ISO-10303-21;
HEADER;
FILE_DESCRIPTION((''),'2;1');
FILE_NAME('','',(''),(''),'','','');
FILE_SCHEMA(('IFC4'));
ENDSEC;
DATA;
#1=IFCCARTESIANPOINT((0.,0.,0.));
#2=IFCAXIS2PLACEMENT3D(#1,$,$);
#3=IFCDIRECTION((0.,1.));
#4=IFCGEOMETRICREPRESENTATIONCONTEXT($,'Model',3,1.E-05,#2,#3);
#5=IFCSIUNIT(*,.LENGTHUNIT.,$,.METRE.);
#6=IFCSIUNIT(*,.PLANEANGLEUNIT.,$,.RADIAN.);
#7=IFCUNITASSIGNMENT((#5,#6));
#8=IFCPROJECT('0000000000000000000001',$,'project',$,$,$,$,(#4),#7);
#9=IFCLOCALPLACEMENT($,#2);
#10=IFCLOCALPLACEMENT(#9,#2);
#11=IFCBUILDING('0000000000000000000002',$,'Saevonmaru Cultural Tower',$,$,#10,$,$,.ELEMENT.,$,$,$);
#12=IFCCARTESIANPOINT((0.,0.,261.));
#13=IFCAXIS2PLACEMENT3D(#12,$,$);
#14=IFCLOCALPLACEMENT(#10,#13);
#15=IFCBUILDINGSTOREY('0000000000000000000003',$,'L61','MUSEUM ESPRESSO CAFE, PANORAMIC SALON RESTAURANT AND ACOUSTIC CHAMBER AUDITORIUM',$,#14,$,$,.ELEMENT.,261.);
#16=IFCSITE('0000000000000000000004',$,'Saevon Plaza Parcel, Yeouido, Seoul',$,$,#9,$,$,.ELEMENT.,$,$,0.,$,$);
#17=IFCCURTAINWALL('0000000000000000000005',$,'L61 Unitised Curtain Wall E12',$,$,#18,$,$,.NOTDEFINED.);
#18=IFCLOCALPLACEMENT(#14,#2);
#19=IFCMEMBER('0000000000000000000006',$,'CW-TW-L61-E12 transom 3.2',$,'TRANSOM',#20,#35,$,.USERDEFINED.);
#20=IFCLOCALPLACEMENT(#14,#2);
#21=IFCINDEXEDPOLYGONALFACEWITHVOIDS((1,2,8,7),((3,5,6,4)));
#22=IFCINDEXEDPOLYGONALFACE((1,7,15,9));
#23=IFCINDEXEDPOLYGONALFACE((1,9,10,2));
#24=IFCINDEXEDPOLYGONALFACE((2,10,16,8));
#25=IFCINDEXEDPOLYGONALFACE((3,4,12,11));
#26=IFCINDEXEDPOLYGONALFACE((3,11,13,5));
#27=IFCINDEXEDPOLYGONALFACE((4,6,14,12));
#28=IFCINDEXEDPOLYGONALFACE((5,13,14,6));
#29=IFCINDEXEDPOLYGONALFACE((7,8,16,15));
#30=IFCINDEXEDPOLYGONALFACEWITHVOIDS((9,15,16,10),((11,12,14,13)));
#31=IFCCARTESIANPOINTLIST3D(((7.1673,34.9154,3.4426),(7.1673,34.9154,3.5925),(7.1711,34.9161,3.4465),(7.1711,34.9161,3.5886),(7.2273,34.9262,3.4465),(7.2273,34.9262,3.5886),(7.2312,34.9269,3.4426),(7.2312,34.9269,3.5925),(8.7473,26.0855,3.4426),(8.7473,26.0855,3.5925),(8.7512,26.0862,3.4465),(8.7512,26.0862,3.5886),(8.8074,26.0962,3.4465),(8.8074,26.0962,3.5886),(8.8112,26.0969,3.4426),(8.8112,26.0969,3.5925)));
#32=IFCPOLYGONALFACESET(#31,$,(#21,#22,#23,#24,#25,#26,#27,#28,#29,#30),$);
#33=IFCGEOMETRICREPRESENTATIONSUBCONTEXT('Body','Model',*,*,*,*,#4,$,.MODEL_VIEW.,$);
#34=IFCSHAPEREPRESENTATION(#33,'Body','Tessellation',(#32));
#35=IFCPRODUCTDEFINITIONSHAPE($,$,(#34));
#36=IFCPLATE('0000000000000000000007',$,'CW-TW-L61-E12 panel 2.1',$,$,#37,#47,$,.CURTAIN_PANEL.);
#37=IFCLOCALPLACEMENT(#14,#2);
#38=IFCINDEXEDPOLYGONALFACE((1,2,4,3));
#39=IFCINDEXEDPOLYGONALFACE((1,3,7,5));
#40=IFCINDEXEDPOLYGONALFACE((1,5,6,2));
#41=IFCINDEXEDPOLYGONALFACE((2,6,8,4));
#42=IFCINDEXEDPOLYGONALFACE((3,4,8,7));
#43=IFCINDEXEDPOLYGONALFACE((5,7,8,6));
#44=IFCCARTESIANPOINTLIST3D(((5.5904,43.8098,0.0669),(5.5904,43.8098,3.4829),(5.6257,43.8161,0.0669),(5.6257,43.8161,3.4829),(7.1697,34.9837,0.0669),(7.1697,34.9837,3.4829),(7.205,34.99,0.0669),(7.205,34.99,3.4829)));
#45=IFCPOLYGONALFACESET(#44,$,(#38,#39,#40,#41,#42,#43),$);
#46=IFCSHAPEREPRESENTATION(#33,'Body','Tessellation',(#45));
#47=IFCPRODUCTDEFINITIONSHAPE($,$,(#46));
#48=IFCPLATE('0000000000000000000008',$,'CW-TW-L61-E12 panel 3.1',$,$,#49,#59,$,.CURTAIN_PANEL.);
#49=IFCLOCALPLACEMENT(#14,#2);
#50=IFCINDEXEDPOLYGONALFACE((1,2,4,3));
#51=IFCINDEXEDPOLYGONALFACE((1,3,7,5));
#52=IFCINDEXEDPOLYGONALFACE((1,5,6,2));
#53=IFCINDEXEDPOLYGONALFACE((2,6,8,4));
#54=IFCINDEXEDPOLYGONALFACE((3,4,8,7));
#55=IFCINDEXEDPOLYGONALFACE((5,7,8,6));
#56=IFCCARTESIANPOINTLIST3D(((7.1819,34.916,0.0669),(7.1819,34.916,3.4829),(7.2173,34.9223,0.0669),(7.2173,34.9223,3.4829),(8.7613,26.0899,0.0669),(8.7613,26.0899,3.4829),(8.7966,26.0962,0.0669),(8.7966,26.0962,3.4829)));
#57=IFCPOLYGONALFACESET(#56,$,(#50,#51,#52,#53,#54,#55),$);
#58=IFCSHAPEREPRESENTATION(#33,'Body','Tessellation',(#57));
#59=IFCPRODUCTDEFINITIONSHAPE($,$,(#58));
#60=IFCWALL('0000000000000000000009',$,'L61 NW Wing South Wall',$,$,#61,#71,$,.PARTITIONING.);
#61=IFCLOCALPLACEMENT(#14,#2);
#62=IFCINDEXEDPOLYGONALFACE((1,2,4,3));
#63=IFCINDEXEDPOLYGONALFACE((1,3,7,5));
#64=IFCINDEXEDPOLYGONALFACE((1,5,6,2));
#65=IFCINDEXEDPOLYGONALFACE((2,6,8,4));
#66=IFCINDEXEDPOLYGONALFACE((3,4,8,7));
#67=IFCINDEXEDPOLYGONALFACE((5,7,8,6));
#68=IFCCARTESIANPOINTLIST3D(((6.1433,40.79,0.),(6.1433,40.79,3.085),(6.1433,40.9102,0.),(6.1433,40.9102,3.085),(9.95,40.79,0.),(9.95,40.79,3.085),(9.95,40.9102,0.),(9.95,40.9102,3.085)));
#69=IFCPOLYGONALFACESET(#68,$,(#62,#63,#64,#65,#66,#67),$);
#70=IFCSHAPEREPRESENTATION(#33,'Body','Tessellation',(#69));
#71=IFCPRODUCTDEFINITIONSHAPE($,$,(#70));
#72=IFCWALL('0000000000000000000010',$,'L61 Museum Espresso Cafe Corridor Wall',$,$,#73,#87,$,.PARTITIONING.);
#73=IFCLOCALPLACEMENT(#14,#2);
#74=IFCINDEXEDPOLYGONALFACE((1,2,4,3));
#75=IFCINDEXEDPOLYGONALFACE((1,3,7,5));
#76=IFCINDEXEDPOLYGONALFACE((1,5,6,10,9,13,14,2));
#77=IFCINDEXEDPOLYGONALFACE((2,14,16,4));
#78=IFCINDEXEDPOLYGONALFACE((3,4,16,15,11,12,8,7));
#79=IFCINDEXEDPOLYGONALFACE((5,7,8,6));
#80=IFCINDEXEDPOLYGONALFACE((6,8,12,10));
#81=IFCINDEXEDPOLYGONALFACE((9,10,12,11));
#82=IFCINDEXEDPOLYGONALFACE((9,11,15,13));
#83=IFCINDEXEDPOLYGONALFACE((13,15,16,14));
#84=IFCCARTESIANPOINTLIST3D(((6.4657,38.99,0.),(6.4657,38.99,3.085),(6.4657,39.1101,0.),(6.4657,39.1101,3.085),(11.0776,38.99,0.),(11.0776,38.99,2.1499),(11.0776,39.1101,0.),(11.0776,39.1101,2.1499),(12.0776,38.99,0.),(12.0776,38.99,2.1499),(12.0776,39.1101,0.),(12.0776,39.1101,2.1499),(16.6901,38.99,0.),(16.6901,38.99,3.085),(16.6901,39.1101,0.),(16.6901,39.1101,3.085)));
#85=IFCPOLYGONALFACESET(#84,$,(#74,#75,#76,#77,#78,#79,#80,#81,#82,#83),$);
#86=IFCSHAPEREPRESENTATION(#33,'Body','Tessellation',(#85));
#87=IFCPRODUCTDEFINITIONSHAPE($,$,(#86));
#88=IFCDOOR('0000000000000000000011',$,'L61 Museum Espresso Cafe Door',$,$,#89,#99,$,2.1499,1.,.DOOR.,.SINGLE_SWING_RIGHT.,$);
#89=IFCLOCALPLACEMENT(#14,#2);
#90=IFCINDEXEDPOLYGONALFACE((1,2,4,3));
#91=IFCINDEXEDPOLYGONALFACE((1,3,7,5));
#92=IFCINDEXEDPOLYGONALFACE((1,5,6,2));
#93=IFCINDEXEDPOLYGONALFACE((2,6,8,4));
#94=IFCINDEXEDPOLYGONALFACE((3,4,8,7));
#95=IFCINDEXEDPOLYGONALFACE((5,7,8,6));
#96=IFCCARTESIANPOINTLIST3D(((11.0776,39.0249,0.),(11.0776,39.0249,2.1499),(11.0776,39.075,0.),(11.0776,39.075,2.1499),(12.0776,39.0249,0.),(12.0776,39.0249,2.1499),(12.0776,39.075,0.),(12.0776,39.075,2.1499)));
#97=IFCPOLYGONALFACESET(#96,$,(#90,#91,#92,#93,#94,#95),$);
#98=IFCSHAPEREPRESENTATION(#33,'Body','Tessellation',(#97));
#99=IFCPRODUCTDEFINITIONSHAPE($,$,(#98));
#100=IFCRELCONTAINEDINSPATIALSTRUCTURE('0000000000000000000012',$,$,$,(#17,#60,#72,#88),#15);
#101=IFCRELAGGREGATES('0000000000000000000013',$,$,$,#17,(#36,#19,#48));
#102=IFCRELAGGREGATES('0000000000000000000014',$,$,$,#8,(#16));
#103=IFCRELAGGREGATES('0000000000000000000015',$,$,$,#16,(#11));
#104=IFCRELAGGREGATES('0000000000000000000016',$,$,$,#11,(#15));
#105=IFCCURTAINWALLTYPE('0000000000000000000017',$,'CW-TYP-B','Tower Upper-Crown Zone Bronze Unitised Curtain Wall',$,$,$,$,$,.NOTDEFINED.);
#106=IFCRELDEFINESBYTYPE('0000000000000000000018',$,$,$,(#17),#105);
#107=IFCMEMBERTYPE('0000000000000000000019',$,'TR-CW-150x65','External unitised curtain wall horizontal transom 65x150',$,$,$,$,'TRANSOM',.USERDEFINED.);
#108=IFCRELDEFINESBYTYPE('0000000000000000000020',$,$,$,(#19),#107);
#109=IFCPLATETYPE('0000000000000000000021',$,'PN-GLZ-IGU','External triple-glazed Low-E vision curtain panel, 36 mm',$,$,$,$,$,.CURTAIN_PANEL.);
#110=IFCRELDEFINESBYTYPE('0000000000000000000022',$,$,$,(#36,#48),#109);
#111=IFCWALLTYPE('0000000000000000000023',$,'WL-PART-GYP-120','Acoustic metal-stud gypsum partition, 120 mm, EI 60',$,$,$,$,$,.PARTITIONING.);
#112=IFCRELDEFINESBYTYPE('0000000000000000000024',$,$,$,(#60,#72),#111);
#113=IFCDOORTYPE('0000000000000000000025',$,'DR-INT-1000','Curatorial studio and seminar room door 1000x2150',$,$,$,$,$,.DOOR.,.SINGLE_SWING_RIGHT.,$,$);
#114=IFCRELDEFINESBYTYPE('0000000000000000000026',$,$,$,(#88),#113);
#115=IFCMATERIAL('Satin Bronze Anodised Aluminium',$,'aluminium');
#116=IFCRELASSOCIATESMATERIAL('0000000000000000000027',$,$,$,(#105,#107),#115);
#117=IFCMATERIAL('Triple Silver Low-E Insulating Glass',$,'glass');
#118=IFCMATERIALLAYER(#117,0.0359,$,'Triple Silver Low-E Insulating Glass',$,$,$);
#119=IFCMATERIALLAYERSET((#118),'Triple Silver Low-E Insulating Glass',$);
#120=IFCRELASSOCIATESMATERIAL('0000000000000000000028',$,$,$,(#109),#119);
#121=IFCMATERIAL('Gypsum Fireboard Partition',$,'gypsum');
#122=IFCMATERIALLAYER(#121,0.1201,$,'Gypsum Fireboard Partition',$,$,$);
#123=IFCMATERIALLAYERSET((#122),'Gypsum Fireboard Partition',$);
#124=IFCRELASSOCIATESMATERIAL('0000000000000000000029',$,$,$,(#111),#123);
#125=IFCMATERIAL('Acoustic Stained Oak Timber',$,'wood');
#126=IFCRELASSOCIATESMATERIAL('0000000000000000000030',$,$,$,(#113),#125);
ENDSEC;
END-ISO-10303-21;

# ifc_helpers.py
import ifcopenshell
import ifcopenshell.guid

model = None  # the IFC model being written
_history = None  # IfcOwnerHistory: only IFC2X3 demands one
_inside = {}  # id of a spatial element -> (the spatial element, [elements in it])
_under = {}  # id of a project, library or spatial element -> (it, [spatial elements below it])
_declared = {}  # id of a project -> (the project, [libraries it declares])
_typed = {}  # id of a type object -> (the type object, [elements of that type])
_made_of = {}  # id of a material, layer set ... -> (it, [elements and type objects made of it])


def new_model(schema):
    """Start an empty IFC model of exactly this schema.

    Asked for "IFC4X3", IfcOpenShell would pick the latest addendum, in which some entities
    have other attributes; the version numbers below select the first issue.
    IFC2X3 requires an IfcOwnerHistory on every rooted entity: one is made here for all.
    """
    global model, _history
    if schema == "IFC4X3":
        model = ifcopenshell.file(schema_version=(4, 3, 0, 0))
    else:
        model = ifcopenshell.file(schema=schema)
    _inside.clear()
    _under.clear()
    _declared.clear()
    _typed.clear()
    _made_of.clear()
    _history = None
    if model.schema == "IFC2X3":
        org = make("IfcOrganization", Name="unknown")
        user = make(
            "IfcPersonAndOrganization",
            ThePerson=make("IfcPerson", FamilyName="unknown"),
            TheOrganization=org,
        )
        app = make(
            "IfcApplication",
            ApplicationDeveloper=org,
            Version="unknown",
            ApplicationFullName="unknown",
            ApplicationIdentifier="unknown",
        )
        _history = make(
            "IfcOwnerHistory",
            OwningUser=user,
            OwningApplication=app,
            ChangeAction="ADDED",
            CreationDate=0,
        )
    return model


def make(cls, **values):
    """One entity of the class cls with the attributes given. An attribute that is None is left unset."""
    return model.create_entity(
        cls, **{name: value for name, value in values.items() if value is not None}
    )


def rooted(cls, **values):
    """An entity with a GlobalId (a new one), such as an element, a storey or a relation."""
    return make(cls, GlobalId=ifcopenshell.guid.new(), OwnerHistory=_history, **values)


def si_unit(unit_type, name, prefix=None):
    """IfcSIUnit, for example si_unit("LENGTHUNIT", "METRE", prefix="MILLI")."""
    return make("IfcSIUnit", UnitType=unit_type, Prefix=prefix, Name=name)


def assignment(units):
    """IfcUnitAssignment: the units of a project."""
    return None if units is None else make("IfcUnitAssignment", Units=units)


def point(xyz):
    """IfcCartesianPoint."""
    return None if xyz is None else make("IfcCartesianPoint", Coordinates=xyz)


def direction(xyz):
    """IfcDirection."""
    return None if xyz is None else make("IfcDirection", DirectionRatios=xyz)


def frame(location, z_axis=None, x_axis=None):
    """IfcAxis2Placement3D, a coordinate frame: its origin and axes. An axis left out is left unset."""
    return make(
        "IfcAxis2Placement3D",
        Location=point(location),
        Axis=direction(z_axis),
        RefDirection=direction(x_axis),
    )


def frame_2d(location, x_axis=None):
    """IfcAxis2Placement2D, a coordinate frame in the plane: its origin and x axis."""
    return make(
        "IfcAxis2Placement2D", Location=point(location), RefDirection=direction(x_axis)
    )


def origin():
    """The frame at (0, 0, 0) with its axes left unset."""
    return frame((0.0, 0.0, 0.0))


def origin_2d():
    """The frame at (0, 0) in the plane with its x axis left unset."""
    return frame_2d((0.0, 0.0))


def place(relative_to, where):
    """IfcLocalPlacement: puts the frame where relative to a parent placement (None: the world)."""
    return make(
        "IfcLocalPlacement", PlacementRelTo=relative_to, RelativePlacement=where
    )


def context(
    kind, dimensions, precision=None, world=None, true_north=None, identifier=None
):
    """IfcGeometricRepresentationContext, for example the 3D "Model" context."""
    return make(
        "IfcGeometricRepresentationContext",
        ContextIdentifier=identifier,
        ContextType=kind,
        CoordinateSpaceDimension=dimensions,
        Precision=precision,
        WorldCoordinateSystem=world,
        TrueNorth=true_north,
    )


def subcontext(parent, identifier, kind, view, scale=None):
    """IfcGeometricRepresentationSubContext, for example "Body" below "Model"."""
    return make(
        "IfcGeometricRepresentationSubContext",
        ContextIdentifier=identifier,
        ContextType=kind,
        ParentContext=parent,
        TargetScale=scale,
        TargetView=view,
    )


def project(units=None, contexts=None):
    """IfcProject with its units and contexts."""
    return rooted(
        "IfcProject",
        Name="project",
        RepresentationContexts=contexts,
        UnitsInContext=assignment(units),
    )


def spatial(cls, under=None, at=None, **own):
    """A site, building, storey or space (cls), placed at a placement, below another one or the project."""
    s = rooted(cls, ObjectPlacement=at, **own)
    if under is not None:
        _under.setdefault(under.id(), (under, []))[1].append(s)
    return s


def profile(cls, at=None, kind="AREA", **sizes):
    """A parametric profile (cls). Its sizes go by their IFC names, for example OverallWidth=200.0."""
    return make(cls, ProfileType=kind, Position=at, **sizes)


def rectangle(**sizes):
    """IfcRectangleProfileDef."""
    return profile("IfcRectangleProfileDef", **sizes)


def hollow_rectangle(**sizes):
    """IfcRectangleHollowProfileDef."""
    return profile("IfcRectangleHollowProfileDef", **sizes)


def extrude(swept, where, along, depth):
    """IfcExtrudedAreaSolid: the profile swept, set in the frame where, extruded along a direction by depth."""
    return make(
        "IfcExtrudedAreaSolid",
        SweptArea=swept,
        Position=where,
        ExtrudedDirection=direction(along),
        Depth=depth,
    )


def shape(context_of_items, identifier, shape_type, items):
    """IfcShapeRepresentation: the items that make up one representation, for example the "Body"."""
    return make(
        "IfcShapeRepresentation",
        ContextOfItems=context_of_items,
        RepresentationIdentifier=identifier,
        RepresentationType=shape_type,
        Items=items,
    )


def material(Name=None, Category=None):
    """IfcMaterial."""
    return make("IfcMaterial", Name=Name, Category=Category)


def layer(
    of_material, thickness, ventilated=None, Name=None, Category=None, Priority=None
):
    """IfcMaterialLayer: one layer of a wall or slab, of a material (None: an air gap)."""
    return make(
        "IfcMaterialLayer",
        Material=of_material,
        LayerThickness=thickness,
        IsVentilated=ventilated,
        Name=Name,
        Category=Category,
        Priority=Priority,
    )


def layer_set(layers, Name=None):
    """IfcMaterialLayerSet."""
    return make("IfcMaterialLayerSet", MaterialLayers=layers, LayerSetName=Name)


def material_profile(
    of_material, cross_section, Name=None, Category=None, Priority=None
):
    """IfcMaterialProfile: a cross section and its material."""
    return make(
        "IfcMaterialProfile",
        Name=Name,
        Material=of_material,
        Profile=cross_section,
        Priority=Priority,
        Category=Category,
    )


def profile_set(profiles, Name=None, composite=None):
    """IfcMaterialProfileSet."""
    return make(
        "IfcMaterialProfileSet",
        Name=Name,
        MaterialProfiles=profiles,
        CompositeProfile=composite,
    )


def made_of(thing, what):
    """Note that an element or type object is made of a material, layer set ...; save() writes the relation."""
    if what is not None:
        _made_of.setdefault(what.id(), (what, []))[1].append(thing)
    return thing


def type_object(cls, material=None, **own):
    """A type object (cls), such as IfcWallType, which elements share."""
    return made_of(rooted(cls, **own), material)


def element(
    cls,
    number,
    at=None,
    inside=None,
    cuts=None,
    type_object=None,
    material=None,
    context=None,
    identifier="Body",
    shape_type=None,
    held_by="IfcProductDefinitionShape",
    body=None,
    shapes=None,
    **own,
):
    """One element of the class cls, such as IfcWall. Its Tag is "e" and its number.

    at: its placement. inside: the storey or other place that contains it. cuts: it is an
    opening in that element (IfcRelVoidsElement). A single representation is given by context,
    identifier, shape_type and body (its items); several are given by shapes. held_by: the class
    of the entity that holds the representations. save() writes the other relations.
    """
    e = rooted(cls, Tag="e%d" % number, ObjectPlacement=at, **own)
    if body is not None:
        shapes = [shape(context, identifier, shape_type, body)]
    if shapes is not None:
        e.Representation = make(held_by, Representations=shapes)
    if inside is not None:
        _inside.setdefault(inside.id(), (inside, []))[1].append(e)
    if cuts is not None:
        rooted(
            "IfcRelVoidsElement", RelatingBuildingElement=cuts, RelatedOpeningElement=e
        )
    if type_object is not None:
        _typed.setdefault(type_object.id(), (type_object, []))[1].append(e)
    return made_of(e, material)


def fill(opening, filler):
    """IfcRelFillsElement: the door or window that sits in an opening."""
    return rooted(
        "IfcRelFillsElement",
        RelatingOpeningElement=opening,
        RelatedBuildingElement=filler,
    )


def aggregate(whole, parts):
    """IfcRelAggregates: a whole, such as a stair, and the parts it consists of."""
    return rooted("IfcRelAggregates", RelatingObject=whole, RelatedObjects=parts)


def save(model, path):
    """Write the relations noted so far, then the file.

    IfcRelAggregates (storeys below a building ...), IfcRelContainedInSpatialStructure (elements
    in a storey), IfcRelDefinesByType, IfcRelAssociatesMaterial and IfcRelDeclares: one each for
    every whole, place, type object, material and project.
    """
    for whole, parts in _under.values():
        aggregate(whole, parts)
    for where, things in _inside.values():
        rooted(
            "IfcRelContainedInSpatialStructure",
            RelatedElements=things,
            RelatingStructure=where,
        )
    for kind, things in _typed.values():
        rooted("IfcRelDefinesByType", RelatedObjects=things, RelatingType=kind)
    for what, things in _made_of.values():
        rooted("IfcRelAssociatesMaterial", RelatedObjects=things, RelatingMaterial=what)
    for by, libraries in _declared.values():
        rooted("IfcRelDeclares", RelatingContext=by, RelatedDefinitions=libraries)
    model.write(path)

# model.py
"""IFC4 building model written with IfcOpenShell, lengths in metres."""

from ifc_helpers import new_model, si_unit, direction, frame, frame_2d, origin, origin_2d, place, context, subcontext, project, spatial, rectangle, hollow_rectangle, extrude, material, layer, layer_set, material_profile, profile_set, type_object, element, fill, aggregate, save


model = new_model("IFC4")

# Units and contexts
model_context = context("Model", 3, precision=1e-05, world=origin(), true_north=direction((0.0, 1.0)))
body_context = subcontext(model_context, "Body", "Model", "MODEL_VIEW")
ifc_project = project(units=[si_unit("LENGTHUNIT", "METRE"), si_unit("PLANEANGLEUNIT", "RADIAN")], contexts=[model_context])

# Site, building, storey
site_placement = place(None, origin())
site = spatial("IfcSite", under=ifc_project, at=site_placement, Name="Saevon Plaza Parcel, Yeouido, Seoul", CompositionType="ELEMENT", RefElevation=0.0)
building_placement = place(site_placement, origin())
building = spatial("IfcBuilding", under=site, at=building_placement, Name="Saevonmaru Cultural Tower", CompositionType="ELEMENT")
storey_placement = place(building_placement, frame((0.0, 0.0, 261.0)))
storey = spatial("IfcBuildingStorey", under=building, at=storey_placement, Name="L61", Description="MUSEUM ESPRESSO CAFE, PANORAMIC SALON RESTAURANT AND ACOUSTIC CHAMBER AUDITORIUM", CompositionType="ELEMENT", Elevation=261.0)

# Curtain wall, member, plates
ifc_material_1 = material(Name="Satin Bronze Anodised Aluminium", Category="aluminium")
curtain_wall_type = type_object("IfcCurtainWallType", Name="CW-TYP-B", Description="Tower Upper-Crown Zone Bronze Unitised Curtain Wall", PredefinedType="NOTDEFINED", material=ifc_material_1)
curtain_wall_placement = place(storey_placement, origin())
curtain_wall = element("IfcCurtainWall", 1, at=curtain_wall_placement, inside=storey, type_object=curtain_wall_type, Name="L61 Unitised Curtain Wall E12", PredefinedType="NOTDEFINED")
ifc_material_profile_1 = material_profile(ifc_material_1, hollow_rectangle(XDim=0.0649, YDim=0.1499, WallThickness=0.0039, at=origin_2d()), Name="ALU-TRAN-150x65x4")
ifc_profile_set_1 = profile_set([ifc_material_profile_1], Name="Satin Bronze Anodised Aluminium")
member_type_1 = type_object("IfcMemberType", Name="TR-CW-150x65", Description="External unitised curtain wall horizontal transom 65x150", ElementType="TRANSOM", PredefinedType="USERDEFINED", material=ifc_profile_set_1)
member_1_placement = place(storey_placement, frame((7.1992, 34.9211, 3.5176), z_axis=(0.176145, -0.984364, 0.0), x_axis=(0.984364, 0.176145, 0.0)))
member_1 = element("IfcMember", 2, at=member_1_placement, type_object=member_type_1, Name="CW-TW-L61-E12 transom 3.2", ObjectType="TRANSOM", PredefinedType="USERDEFINED", context=body_context, shape_type="SweptSolid", body=[
    extrude(hollow_rectangle(XDim=0.0649, YDim=0.1499, WallThickness=0.0039, at=origin_2d()), origin(), (0.0, 0.0, 1.0), 8.9702),
])
ifc_material_2 = material(Name="Triple Silver Low-E Insulating Glass", Category="glass")
ifc_layer_1 = layer(ifc_material_2, 0.0359, Name="Triple Silver Low-E Insulating Glass")
ifc_layer_set_1 = layer_set([ifc_layer_1], Name="Triple Silver Low-E Insulating Glass")
plate_type = type_object("IfcPlateType", Name="PN-GLZ-IGU", Description="External triple-glazed Low-E vision curtain panel, 36 mm", PredefinedType="CURTAIN_PANEL", material=ifc_layer_set_1)
plate_1_placement = place(storey_placement, frame((6.3977, 39.3999, 0.0669), z_axis=(0.0, 0.0, 1.0), x_axis=(0.176141, -0.984365, 0.0)))
plate_1 = element("IfcPlate", 3, at=plate_1_placement, type_object=plate_type, Name="CW-TW-L61-E12 panel 2.1", PredefinedType="CURTAIN_PANEL", context=body_context, shape_type="SweptSolid", body=[
    extrude(rectangle(XDim=8.9663, YDim=0.0359, at=origin_2d()), origin(), (0.0, 0.0, 1.0), 3.416),
])
plate_2_placement = place(storey_placement, frame((7.9893, 30.5061, 0.0669), z_axis=(0.0, 0.0, 1.0), x_axis=(0.176141, -0.984365, 0.0)))
plate_2 = element("IfcPlate", 4, at=plate_2_placement, type_object=plate_type, Name="CW-TW-L61-E12 panel 3.1", PredefinedType="CURTAIN_PANEL", context=body_context, shape_type="SweptSolid", body=[
    extrude(rectangle(XDim=8.9663, YDim=0.0359, at=origin_2d()), origin(), (0.0, 0.0, 1.0), 3.416),
])
aggregate(curtain_wall, [plate_1, member_1, plate_2])

# Wall
ifc_material_3 = material(Name="Gypsum Fireboard Partition", Category="gypsum")
ifc_layer_2 = layer(ifc_material_3, 0.1201, Name="Gypsum Fireboard Partition")
ifc_layer_set_2 = layer_set([ifc_layer_2], Name="Gypsum Fireboard Partition")
wall_type_1 = type_object("IfcWallType", Name="WL-PART-GYP-120", Description="Acoustic metal-stud gypsum partition, 120 mm, EI 60", PredefinedType="PARTITIONING", material=ifc_layer_set_2)
wall_1_placement = place(storey_placement, frame((6.1433, 40.8501, 0.0), z_axis=(0.0, 0.0, 1.0), x_axis=(1.0, 0.0, 0.0)))
element("IfcWall", 5, at=wall_1_placement, inside=storey, type_object=wall_type_1, Name="L61 NW Wing South Wall", PredefinedType="PARTITIONING", context=body_context, shape_type="SweptSolid", body=[
    extrude(rectangle(XDim=3.8066, YDim=0.1201, at=frame_2d((1.9033, 0.0))), origin(), (0.0, 0.0, 1.0), 3.085),
])

# Wall, opening, door
wall_2_placement = place(storey_placement, frame((6.4656, 39.05, 0.0), z_axis=(0.0, 0.0, 1.0), x_axis=(1.0, 0.0, 0.0)))
wall_2 = element("IfcWall", 6, at=wall_2_placement, inside=storey, type_object=wall_type_1, Name="L61 Museum Espresso Cafe Corridor Wall", PredefinedType="PARTITIONING", context=body_context, shape_type="SweptSolid", body=[
    extrude(rectangle(XDim=10.2244, YDim=0.1201, at=frame_2d((5.1123, 0.0))), origin(), (0.0, 0.0, 1.0), 3.085),
])
opening_1_placement = place(wall_2_placement, frame((4.6121, 0.0, 0.0)))
opening_1 = element("IfcOpeningElement", 7, at=opening_1_placement, cuts=wall_2, PredefinedType="OPENING", context=body_context, shape_type="SweptSolid", body=[
    extrude(rectangle(XDim=1.0, YDim=2.1499, at=frame_2d((0.5, 1.075))), frame((0.0, 0.0701, 0.0), z_axis=(0.0, -1.0, 0.0), x_axis=(1.0, 0.0, 0.0)), (0.0, 0.0, 1.0), 0.1401),
])
ifc_material_4 = material(Name="Acoustic Stained Oak Timber", Category="wood")
door_type_1 = type_object("IfcDoorType", Name="DR-INT-1000", Description="Curatorial studio and seminar room door 1000x2150", OperationType="SINGLE_SWING_RIGHT", PredefinedType="DOOR", material=ifc_material_4)
door_1_placement = place(opening_1_placement, origin())
door_1 = element("IfcDoor", 8, at=door_1_placement, inside=storey, type_object=door_type_1, Name="L61 Museum Espresso Cafe Door", OperationType="SINGLE_SWING_RIGHT", OverallHeight=2.1499, OverallWidth=1.0, PredefinedType="DOOR", context=body_context, shape_type="SweptSolid", body=[
    extrude(rectangle(XDim=1.0, YDim=2.1499, at=frame_2d((0.5, 1.075))), frame((0.0, 0.0249, 0.0), z_axis=(0.0, -1.0, 0.0), x_axis=(1.0, 0.0, 0.0)), (0.0, 0.0, 1.0), 0.05),
])
fill(opening_1, door_1)

save(model, "model.ifc")
